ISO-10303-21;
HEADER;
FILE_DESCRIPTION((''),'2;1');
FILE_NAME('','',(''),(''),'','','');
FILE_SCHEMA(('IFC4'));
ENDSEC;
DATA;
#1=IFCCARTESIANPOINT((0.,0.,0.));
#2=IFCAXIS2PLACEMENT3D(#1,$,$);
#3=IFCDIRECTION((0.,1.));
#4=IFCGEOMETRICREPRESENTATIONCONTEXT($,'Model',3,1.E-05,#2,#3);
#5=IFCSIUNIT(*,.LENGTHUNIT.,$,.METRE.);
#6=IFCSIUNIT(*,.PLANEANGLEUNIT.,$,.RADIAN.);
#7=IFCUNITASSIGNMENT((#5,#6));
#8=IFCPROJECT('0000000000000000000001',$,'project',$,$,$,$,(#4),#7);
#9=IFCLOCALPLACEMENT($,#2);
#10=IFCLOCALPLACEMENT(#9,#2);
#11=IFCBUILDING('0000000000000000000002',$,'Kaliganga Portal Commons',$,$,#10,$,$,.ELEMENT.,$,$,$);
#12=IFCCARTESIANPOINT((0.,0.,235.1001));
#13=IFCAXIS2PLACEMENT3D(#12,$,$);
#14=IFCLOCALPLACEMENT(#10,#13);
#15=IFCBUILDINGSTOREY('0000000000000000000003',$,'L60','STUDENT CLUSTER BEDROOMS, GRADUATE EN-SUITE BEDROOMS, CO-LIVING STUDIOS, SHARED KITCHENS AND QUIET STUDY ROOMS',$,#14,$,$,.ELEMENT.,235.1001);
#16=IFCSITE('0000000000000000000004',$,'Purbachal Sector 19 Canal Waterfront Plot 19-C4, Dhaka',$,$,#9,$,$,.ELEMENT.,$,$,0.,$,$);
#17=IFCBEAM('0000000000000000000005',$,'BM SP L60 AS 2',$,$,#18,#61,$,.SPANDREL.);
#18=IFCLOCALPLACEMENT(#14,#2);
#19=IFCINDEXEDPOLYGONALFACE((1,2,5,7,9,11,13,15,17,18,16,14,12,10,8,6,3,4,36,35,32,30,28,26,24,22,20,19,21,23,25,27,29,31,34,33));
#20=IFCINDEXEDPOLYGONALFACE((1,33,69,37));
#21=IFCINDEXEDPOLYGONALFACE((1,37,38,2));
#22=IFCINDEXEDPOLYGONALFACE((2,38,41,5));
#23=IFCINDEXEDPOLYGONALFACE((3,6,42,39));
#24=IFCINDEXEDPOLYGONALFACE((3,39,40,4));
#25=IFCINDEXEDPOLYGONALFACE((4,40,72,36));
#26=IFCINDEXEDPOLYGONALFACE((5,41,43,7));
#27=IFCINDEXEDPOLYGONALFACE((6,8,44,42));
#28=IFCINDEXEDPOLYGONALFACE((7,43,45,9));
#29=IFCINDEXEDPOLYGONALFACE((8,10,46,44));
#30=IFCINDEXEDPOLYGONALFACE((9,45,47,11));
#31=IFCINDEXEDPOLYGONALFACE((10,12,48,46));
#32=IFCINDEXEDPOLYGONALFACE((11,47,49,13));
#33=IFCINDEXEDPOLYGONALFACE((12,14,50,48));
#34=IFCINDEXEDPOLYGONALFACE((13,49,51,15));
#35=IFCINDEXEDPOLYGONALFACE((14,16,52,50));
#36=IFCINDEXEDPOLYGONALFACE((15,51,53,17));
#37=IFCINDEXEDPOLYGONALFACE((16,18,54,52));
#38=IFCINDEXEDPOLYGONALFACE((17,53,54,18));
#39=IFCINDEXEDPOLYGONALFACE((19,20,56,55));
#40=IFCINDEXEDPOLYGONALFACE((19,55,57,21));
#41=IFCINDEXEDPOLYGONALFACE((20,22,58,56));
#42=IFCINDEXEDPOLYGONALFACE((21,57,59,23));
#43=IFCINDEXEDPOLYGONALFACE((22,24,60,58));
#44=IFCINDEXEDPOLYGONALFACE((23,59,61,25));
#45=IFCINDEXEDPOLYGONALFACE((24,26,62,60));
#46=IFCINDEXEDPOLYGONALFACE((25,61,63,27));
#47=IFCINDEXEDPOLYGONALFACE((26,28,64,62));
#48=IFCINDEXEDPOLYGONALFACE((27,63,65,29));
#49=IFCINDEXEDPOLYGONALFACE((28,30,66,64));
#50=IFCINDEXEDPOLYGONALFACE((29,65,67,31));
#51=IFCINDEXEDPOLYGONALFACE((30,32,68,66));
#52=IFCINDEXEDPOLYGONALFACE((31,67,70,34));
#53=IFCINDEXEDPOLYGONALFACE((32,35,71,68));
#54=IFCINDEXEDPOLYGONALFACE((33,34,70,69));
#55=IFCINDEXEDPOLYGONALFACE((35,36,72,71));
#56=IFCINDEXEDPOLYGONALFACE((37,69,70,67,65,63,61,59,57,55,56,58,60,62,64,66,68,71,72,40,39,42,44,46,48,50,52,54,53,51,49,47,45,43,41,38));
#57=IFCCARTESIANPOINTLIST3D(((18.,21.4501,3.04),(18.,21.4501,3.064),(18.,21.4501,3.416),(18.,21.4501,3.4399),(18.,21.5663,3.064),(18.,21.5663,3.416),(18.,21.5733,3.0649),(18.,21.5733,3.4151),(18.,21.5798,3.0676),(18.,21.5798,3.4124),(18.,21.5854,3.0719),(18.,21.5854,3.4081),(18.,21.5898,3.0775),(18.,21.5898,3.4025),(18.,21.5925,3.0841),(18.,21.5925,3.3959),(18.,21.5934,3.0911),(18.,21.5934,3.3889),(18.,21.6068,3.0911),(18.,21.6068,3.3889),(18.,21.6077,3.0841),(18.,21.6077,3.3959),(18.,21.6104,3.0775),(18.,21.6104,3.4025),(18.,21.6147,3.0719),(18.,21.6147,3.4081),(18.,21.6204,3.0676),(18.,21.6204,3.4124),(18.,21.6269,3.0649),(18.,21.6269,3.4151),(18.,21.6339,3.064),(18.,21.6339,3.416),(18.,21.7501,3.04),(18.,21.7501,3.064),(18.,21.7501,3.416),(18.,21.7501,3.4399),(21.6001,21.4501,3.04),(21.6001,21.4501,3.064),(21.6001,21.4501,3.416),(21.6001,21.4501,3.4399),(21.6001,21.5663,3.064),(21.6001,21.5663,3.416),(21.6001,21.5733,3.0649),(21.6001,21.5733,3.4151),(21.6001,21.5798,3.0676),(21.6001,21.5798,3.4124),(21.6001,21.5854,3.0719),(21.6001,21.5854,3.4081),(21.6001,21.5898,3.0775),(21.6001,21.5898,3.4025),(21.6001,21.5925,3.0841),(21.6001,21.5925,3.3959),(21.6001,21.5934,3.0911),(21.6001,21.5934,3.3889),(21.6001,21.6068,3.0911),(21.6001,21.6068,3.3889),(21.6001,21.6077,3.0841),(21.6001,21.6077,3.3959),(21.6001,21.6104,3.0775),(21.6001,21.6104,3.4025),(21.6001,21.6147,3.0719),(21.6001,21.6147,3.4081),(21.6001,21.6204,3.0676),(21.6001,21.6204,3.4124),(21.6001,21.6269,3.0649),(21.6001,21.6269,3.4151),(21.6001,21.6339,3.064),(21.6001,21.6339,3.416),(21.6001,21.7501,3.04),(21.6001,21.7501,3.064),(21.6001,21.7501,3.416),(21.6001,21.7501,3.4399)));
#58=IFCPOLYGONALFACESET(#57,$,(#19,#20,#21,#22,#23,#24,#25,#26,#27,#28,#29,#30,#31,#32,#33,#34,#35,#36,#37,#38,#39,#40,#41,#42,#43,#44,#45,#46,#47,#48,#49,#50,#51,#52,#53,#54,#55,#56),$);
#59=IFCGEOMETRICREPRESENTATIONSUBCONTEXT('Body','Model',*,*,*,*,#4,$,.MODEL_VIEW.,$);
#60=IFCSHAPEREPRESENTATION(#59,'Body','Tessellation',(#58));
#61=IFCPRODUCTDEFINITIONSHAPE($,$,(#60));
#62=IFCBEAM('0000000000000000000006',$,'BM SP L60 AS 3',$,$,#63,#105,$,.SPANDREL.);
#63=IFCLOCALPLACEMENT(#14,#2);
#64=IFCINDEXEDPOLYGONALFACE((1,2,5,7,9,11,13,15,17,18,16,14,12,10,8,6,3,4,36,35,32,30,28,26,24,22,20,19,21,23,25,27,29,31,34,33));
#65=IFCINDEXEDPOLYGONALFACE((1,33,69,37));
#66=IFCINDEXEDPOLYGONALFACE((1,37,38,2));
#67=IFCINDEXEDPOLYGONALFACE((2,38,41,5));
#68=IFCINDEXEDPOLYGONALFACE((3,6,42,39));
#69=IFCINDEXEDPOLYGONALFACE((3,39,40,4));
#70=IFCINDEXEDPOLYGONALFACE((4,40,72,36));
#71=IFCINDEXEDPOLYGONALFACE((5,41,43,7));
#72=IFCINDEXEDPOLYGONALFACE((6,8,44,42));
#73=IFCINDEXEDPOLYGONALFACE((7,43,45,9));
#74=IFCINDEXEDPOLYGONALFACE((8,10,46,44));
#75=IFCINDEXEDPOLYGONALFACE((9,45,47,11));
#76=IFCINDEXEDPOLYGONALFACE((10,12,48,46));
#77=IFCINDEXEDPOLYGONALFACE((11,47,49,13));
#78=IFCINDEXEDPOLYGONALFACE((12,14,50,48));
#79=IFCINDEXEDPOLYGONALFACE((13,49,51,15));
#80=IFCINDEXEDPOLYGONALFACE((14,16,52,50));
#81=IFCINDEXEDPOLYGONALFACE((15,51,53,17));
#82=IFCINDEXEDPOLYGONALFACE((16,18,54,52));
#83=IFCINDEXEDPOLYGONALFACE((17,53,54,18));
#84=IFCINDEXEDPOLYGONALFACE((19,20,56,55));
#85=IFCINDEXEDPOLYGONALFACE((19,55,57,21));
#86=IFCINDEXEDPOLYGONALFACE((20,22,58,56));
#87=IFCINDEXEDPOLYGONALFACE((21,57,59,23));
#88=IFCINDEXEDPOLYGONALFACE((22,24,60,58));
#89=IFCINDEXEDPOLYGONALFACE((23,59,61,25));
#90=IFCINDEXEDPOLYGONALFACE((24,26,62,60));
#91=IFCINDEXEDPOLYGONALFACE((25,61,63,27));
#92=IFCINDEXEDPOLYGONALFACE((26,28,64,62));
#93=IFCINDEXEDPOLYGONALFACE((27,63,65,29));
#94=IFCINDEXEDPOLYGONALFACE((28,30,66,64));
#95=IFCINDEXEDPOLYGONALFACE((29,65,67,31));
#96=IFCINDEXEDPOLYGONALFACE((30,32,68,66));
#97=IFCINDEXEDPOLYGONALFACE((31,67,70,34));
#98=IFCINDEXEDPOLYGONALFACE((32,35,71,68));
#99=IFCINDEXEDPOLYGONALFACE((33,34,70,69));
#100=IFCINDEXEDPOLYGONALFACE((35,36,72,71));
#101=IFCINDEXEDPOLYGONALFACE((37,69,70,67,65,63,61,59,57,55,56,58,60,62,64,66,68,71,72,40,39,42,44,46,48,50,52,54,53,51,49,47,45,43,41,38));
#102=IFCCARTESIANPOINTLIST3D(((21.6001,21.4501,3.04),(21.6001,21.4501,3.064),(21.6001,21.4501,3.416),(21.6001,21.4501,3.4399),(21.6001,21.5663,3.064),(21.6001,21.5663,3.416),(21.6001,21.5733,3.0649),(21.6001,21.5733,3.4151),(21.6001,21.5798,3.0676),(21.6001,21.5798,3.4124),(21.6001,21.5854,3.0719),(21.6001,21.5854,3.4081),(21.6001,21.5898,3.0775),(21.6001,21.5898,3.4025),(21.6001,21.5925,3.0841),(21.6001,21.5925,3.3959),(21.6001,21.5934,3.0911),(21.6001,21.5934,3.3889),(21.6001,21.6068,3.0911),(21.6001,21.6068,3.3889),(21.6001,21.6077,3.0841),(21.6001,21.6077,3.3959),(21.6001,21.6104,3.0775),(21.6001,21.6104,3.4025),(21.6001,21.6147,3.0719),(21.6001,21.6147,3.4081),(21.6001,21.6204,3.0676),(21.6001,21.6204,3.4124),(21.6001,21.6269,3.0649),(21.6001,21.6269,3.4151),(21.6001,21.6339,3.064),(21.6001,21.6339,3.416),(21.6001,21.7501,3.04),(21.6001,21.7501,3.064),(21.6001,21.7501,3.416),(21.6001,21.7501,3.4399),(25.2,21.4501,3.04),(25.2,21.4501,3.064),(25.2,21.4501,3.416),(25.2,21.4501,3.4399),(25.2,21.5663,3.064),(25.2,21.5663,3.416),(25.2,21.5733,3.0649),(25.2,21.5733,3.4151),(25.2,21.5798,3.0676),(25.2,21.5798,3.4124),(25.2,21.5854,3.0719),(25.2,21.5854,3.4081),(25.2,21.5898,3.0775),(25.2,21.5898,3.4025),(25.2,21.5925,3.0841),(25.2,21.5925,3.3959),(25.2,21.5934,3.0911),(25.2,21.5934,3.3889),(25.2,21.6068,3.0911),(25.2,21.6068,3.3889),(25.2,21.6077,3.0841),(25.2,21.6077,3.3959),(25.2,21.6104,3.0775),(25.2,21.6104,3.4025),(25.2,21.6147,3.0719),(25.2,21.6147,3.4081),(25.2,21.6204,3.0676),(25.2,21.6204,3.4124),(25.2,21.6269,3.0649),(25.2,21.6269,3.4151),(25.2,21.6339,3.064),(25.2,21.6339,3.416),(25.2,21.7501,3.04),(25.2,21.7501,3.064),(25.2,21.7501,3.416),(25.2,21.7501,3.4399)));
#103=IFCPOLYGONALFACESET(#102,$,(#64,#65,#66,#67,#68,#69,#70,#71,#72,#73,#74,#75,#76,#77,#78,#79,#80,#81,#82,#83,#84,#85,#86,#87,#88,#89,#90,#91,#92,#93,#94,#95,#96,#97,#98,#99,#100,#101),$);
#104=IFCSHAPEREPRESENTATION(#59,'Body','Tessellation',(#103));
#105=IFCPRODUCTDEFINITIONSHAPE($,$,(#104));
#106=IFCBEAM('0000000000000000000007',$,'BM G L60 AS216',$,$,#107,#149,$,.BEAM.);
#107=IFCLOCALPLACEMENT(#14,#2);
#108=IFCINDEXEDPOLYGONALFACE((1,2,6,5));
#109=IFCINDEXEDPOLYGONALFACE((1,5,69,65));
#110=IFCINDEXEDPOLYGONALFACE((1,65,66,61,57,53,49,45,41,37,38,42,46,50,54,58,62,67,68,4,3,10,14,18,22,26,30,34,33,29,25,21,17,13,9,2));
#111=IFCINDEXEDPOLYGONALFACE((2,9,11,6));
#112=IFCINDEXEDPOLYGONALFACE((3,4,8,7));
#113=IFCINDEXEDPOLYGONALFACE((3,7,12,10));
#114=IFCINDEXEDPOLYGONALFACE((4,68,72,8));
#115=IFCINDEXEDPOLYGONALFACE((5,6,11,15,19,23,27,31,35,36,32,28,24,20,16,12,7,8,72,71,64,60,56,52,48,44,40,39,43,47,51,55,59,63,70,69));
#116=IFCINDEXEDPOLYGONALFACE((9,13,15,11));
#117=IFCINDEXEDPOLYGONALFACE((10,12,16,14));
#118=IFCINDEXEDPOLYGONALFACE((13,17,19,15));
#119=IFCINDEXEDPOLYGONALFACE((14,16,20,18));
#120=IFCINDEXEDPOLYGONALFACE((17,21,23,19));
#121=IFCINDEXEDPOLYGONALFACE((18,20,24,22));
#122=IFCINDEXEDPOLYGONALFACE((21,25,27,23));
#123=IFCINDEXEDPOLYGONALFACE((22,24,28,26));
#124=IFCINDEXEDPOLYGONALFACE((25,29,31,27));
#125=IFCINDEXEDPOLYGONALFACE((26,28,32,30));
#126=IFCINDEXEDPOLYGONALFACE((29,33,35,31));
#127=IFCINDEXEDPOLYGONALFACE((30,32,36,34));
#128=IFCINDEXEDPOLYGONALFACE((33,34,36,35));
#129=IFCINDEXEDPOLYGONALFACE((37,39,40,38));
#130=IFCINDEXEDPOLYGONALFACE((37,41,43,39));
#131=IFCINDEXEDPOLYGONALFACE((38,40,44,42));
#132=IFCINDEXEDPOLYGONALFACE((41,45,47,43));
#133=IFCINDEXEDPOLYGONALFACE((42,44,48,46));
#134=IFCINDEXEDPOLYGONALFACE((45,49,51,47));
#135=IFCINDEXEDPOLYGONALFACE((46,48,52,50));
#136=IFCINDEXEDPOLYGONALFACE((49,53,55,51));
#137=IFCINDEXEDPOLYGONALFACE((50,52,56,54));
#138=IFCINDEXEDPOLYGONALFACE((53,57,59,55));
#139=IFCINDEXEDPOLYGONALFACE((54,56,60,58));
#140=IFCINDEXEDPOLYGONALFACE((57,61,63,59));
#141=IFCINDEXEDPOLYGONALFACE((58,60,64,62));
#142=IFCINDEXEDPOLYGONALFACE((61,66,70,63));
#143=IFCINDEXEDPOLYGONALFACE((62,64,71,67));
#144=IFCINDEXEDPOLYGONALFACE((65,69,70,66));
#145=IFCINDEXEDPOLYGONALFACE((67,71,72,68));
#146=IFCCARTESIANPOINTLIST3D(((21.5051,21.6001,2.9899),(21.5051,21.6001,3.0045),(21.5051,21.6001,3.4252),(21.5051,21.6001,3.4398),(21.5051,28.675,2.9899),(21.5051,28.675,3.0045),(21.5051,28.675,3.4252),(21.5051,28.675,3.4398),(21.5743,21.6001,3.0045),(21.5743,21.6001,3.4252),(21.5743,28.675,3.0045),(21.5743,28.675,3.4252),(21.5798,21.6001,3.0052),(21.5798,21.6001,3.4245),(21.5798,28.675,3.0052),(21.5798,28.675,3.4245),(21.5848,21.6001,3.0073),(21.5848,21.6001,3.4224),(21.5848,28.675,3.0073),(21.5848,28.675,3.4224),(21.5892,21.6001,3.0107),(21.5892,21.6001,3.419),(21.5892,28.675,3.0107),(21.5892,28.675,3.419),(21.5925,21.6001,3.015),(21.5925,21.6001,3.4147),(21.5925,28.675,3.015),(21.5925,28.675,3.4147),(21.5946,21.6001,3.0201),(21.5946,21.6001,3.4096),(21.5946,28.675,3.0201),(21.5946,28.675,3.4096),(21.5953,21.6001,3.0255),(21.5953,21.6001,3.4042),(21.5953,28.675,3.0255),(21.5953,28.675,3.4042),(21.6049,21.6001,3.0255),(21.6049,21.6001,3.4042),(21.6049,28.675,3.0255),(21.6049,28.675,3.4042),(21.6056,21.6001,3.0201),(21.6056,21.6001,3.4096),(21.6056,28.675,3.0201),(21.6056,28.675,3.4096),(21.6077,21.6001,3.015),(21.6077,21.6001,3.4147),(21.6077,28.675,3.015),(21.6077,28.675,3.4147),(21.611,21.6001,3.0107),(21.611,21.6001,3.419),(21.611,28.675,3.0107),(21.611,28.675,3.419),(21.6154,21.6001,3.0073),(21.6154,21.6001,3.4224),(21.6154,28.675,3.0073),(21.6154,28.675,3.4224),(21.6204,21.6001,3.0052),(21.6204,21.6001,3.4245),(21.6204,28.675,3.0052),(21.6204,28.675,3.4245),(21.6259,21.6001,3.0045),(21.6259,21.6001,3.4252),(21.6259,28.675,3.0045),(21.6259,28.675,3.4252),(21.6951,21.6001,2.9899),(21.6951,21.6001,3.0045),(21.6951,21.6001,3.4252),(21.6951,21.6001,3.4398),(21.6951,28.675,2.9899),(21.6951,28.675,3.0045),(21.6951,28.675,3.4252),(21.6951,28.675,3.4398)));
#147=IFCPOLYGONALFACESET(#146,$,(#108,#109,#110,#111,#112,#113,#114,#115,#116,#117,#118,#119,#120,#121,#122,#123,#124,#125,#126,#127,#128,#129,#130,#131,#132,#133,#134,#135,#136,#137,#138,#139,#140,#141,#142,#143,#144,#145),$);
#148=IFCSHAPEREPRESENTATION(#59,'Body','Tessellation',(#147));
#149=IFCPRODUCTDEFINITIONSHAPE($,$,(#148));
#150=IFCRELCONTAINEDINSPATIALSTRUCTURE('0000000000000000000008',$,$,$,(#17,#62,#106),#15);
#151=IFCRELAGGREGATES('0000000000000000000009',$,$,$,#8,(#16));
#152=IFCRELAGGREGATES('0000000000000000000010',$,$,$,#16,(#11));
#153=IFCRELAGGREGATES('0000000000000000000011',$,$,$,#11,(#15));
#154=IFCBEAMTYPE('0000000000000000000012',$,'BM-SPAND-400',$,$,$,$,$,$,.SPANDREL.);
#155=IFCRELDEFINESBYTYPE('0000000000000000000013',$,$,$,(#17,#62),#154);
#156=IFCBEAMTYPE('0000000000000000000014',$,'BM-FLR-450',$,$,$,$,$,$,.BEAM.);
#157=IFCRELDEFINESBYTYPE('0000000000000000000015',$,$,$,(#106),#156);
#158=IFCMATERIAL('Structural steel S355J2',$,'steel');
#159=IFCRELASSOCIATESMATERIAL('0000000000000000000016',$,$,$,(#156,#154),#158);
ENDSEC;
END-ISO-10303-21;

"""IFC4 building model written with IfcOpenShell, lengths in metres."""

from ifc_helpers import new_model, si_unit, direction, frame, origin, origin_2d, place, context, subcontext, project, spatial, i_section, extrude, source, transform, mapped, material, material_profile, profile_set, type_object, element, save


model = new_model("IFC4")

# Units and contexts
model_context = context("Model", 3, precision=1e-05, world=origin(), true_north=direction((0.0, 1.0)))
body_context = subcontext(model_context, "Body", "Model", "MODEL_VIEW")
ifc_project = project(units=[si_unit("LENGTHUNIT", "METRE"), si_unit("PLANEANGLEUNIT", "RADIAN")], contexts=[model_context])

# Site, building, storey
site_placement = place(None, origin())
site = spatial("IfcSite", under=ifc_project, at=site_placement, Name="Purbachal Sector 19 Canal Waterfront Plot 19-C4, Dhaka", CompositionType="ELEMENT", RefElevation=0.0)
building_placement = place(site_placement, origin())
building = spatial("IfcBuilding", under=site, at=building_placement, Name="Kaliganga Portal Commons", CompositionType="ELEMENT")
storey_placement = place(building_placement, frame((0.0, 0.0, 235.1001)))
storey = spatial("IfcBuildingStorey", under=building, at=storey_placement, Name="L60", Description="STUDENT CLUSTER BEDROOMS, GRADUATE EN-SUITE BEDROOMS, CO-LIVING STUDIOS, SHARED KITCHENS AND QUIET STUDY ROOMS", CompositionType="ELEMENT", Elevation=235.1001)

# Shared definitions
ifc_material_1 = material(Name="Structural steel S355J2", Category="steel")

# Beams
ifc_material_profile_1 = material_profile(ifc_material_1, i_section(OverallWidth=0.1899, OverallDepth=0.45, WebThickness=0.0095, FlangeThickness=0.0146, FilletRadius=0.021, at=origin_2d()), Name="IPE 450")
ifc_profile_set_1 = profile_set([ifc_material_profile_1], Name="Structural steel S355J2 wide-flange")
beam_type_1 = type_object("IfcBeamType", Name="BM-FLR-450", PredefinedType="BEAM", material=ifc_profile_set_1)
ifc_material_profile_2 = material_profile(ifc_material_1, i_section(OverallWidth=0.3, OverallDepth=0.3999, WebThickness=0.0134, FlangeThickness=0.0239, FilletRadius=0.0271, at=origin_2d()), Name="HE 400 B")
ifc_profile_set_2 = profile_set([ifc_material_profile_2], Name="Structural steel S355J2 wide-flange")
beam_type_2 = type_object("IfcBeamType", Name="BM-SPAND-400", PredefinedType="SPANDREL", material=ifc_profile_set_2)
shared_shape_1 = source(origin(), body_context, "Body", "SweptSolid", [
    extrude(i_section(OverallWidth=0.3, OverallDepth=0.3999, WebThickness=0.0134, FlangeThickness=0.0239, FilletRadius=0.0271, at=origin_2d()), origin(), (0.0, 0.0, 1.0), 3.6001),
])
for number, where, z_axis, x_axis, name in (
    (1, (18.0, 21.6001, 3.24), (1.0, 0.0, 0.0), (0.0, 1.0, 0.0), "BM SP L60 AS 2"),
):
    element("IfcBeam", number, at=place(storey_placement, frame(where, z_axis=z_axis, x_axis=x_axis)), inside=storey, type_object=beam_type_2, Name=name, PredefinedType="SPANDREL", context=body_context, shape_type="MappedRepresentation", body=[
        mapped(shared_shape_1, transform((0.0, 0.0, 0.0), x_axis=(1.0, 0.0, 0.0), y_axis=(0.0, 1.0, 0.0), z_axis=(0.0, 0.0, 1.0), scale=1.0)),
    ])
shared_shape_2 = source(origin(), body_context, "Body", "SweptSolid", [
    extrude(i_section(OverallWidth=0.3, OverallDepth=0.3999, WebThickness=0.0134, FlangeThickness=0.0239, FilletRadius=0.0271, at=origin_2d()), origin(), (0.0, 0.0, 1.0), 3.5999),
])
beam_1_placement = place(storey_placement, frame((21.6001, 21.6001, 3.24), z_axis=(1.0, 0.0, 0.0), x_axis=(0.0, 1.0, 0.0)))
element("IfcBeam", 2, at=beam_1_placement, inside=storey, type_object=beam_type_2, Name="BM SP L60 AS 3", PredefinedType="SPANDREL", context=body_context, shape_type="MappedRepresentation", body=[
    mapped(shared_shape_2, transform((0.0, 0.0, 0.0), x_axis=(1.0, 0.0, 0.0), y_axis=(0.0, 1.0, 0.0), z_axis=(0.0, 0.0, 1.0), scale=1.0)),
])
shared_shape_3 = source(origin(), body_context, "Body", "SweptSolid", [
    extrude(i_section(OverallWidth=0.1899, OverallDepth=0.45, WebThickness=0.0095, FlangeThickness=0.0146, FilletRadius=0.021, at=origin_2d()), origin(), (0.0, 0.0, 1.0), 7.075),
])
beam_2_placement = place(storey_placement, frame((21.6001, 21.6001, 3.2148), z_axis=(0.0, 1.0, 0.0), x_axis=(-1.0, 0.0, 0.0)))
element("IfcBeam", 3, at=beam_2_placement, inside=storey, type_object=beam_type_1, Name="BM G L60 AS216", PredefinedType="BEAM", context=body_context, shape_type="MappedRepresentation", body=[
    mapped(shared_shape_3, transform((0.0, 0.0, 0.0), x_axis=(1.0, 0.0, 0.0), y_axis=(0.0, 1.0, 0.0), z_axis=(0.0, 0.0, 1.0), scale=1.0)),
])

save(model, "model.ifc")
